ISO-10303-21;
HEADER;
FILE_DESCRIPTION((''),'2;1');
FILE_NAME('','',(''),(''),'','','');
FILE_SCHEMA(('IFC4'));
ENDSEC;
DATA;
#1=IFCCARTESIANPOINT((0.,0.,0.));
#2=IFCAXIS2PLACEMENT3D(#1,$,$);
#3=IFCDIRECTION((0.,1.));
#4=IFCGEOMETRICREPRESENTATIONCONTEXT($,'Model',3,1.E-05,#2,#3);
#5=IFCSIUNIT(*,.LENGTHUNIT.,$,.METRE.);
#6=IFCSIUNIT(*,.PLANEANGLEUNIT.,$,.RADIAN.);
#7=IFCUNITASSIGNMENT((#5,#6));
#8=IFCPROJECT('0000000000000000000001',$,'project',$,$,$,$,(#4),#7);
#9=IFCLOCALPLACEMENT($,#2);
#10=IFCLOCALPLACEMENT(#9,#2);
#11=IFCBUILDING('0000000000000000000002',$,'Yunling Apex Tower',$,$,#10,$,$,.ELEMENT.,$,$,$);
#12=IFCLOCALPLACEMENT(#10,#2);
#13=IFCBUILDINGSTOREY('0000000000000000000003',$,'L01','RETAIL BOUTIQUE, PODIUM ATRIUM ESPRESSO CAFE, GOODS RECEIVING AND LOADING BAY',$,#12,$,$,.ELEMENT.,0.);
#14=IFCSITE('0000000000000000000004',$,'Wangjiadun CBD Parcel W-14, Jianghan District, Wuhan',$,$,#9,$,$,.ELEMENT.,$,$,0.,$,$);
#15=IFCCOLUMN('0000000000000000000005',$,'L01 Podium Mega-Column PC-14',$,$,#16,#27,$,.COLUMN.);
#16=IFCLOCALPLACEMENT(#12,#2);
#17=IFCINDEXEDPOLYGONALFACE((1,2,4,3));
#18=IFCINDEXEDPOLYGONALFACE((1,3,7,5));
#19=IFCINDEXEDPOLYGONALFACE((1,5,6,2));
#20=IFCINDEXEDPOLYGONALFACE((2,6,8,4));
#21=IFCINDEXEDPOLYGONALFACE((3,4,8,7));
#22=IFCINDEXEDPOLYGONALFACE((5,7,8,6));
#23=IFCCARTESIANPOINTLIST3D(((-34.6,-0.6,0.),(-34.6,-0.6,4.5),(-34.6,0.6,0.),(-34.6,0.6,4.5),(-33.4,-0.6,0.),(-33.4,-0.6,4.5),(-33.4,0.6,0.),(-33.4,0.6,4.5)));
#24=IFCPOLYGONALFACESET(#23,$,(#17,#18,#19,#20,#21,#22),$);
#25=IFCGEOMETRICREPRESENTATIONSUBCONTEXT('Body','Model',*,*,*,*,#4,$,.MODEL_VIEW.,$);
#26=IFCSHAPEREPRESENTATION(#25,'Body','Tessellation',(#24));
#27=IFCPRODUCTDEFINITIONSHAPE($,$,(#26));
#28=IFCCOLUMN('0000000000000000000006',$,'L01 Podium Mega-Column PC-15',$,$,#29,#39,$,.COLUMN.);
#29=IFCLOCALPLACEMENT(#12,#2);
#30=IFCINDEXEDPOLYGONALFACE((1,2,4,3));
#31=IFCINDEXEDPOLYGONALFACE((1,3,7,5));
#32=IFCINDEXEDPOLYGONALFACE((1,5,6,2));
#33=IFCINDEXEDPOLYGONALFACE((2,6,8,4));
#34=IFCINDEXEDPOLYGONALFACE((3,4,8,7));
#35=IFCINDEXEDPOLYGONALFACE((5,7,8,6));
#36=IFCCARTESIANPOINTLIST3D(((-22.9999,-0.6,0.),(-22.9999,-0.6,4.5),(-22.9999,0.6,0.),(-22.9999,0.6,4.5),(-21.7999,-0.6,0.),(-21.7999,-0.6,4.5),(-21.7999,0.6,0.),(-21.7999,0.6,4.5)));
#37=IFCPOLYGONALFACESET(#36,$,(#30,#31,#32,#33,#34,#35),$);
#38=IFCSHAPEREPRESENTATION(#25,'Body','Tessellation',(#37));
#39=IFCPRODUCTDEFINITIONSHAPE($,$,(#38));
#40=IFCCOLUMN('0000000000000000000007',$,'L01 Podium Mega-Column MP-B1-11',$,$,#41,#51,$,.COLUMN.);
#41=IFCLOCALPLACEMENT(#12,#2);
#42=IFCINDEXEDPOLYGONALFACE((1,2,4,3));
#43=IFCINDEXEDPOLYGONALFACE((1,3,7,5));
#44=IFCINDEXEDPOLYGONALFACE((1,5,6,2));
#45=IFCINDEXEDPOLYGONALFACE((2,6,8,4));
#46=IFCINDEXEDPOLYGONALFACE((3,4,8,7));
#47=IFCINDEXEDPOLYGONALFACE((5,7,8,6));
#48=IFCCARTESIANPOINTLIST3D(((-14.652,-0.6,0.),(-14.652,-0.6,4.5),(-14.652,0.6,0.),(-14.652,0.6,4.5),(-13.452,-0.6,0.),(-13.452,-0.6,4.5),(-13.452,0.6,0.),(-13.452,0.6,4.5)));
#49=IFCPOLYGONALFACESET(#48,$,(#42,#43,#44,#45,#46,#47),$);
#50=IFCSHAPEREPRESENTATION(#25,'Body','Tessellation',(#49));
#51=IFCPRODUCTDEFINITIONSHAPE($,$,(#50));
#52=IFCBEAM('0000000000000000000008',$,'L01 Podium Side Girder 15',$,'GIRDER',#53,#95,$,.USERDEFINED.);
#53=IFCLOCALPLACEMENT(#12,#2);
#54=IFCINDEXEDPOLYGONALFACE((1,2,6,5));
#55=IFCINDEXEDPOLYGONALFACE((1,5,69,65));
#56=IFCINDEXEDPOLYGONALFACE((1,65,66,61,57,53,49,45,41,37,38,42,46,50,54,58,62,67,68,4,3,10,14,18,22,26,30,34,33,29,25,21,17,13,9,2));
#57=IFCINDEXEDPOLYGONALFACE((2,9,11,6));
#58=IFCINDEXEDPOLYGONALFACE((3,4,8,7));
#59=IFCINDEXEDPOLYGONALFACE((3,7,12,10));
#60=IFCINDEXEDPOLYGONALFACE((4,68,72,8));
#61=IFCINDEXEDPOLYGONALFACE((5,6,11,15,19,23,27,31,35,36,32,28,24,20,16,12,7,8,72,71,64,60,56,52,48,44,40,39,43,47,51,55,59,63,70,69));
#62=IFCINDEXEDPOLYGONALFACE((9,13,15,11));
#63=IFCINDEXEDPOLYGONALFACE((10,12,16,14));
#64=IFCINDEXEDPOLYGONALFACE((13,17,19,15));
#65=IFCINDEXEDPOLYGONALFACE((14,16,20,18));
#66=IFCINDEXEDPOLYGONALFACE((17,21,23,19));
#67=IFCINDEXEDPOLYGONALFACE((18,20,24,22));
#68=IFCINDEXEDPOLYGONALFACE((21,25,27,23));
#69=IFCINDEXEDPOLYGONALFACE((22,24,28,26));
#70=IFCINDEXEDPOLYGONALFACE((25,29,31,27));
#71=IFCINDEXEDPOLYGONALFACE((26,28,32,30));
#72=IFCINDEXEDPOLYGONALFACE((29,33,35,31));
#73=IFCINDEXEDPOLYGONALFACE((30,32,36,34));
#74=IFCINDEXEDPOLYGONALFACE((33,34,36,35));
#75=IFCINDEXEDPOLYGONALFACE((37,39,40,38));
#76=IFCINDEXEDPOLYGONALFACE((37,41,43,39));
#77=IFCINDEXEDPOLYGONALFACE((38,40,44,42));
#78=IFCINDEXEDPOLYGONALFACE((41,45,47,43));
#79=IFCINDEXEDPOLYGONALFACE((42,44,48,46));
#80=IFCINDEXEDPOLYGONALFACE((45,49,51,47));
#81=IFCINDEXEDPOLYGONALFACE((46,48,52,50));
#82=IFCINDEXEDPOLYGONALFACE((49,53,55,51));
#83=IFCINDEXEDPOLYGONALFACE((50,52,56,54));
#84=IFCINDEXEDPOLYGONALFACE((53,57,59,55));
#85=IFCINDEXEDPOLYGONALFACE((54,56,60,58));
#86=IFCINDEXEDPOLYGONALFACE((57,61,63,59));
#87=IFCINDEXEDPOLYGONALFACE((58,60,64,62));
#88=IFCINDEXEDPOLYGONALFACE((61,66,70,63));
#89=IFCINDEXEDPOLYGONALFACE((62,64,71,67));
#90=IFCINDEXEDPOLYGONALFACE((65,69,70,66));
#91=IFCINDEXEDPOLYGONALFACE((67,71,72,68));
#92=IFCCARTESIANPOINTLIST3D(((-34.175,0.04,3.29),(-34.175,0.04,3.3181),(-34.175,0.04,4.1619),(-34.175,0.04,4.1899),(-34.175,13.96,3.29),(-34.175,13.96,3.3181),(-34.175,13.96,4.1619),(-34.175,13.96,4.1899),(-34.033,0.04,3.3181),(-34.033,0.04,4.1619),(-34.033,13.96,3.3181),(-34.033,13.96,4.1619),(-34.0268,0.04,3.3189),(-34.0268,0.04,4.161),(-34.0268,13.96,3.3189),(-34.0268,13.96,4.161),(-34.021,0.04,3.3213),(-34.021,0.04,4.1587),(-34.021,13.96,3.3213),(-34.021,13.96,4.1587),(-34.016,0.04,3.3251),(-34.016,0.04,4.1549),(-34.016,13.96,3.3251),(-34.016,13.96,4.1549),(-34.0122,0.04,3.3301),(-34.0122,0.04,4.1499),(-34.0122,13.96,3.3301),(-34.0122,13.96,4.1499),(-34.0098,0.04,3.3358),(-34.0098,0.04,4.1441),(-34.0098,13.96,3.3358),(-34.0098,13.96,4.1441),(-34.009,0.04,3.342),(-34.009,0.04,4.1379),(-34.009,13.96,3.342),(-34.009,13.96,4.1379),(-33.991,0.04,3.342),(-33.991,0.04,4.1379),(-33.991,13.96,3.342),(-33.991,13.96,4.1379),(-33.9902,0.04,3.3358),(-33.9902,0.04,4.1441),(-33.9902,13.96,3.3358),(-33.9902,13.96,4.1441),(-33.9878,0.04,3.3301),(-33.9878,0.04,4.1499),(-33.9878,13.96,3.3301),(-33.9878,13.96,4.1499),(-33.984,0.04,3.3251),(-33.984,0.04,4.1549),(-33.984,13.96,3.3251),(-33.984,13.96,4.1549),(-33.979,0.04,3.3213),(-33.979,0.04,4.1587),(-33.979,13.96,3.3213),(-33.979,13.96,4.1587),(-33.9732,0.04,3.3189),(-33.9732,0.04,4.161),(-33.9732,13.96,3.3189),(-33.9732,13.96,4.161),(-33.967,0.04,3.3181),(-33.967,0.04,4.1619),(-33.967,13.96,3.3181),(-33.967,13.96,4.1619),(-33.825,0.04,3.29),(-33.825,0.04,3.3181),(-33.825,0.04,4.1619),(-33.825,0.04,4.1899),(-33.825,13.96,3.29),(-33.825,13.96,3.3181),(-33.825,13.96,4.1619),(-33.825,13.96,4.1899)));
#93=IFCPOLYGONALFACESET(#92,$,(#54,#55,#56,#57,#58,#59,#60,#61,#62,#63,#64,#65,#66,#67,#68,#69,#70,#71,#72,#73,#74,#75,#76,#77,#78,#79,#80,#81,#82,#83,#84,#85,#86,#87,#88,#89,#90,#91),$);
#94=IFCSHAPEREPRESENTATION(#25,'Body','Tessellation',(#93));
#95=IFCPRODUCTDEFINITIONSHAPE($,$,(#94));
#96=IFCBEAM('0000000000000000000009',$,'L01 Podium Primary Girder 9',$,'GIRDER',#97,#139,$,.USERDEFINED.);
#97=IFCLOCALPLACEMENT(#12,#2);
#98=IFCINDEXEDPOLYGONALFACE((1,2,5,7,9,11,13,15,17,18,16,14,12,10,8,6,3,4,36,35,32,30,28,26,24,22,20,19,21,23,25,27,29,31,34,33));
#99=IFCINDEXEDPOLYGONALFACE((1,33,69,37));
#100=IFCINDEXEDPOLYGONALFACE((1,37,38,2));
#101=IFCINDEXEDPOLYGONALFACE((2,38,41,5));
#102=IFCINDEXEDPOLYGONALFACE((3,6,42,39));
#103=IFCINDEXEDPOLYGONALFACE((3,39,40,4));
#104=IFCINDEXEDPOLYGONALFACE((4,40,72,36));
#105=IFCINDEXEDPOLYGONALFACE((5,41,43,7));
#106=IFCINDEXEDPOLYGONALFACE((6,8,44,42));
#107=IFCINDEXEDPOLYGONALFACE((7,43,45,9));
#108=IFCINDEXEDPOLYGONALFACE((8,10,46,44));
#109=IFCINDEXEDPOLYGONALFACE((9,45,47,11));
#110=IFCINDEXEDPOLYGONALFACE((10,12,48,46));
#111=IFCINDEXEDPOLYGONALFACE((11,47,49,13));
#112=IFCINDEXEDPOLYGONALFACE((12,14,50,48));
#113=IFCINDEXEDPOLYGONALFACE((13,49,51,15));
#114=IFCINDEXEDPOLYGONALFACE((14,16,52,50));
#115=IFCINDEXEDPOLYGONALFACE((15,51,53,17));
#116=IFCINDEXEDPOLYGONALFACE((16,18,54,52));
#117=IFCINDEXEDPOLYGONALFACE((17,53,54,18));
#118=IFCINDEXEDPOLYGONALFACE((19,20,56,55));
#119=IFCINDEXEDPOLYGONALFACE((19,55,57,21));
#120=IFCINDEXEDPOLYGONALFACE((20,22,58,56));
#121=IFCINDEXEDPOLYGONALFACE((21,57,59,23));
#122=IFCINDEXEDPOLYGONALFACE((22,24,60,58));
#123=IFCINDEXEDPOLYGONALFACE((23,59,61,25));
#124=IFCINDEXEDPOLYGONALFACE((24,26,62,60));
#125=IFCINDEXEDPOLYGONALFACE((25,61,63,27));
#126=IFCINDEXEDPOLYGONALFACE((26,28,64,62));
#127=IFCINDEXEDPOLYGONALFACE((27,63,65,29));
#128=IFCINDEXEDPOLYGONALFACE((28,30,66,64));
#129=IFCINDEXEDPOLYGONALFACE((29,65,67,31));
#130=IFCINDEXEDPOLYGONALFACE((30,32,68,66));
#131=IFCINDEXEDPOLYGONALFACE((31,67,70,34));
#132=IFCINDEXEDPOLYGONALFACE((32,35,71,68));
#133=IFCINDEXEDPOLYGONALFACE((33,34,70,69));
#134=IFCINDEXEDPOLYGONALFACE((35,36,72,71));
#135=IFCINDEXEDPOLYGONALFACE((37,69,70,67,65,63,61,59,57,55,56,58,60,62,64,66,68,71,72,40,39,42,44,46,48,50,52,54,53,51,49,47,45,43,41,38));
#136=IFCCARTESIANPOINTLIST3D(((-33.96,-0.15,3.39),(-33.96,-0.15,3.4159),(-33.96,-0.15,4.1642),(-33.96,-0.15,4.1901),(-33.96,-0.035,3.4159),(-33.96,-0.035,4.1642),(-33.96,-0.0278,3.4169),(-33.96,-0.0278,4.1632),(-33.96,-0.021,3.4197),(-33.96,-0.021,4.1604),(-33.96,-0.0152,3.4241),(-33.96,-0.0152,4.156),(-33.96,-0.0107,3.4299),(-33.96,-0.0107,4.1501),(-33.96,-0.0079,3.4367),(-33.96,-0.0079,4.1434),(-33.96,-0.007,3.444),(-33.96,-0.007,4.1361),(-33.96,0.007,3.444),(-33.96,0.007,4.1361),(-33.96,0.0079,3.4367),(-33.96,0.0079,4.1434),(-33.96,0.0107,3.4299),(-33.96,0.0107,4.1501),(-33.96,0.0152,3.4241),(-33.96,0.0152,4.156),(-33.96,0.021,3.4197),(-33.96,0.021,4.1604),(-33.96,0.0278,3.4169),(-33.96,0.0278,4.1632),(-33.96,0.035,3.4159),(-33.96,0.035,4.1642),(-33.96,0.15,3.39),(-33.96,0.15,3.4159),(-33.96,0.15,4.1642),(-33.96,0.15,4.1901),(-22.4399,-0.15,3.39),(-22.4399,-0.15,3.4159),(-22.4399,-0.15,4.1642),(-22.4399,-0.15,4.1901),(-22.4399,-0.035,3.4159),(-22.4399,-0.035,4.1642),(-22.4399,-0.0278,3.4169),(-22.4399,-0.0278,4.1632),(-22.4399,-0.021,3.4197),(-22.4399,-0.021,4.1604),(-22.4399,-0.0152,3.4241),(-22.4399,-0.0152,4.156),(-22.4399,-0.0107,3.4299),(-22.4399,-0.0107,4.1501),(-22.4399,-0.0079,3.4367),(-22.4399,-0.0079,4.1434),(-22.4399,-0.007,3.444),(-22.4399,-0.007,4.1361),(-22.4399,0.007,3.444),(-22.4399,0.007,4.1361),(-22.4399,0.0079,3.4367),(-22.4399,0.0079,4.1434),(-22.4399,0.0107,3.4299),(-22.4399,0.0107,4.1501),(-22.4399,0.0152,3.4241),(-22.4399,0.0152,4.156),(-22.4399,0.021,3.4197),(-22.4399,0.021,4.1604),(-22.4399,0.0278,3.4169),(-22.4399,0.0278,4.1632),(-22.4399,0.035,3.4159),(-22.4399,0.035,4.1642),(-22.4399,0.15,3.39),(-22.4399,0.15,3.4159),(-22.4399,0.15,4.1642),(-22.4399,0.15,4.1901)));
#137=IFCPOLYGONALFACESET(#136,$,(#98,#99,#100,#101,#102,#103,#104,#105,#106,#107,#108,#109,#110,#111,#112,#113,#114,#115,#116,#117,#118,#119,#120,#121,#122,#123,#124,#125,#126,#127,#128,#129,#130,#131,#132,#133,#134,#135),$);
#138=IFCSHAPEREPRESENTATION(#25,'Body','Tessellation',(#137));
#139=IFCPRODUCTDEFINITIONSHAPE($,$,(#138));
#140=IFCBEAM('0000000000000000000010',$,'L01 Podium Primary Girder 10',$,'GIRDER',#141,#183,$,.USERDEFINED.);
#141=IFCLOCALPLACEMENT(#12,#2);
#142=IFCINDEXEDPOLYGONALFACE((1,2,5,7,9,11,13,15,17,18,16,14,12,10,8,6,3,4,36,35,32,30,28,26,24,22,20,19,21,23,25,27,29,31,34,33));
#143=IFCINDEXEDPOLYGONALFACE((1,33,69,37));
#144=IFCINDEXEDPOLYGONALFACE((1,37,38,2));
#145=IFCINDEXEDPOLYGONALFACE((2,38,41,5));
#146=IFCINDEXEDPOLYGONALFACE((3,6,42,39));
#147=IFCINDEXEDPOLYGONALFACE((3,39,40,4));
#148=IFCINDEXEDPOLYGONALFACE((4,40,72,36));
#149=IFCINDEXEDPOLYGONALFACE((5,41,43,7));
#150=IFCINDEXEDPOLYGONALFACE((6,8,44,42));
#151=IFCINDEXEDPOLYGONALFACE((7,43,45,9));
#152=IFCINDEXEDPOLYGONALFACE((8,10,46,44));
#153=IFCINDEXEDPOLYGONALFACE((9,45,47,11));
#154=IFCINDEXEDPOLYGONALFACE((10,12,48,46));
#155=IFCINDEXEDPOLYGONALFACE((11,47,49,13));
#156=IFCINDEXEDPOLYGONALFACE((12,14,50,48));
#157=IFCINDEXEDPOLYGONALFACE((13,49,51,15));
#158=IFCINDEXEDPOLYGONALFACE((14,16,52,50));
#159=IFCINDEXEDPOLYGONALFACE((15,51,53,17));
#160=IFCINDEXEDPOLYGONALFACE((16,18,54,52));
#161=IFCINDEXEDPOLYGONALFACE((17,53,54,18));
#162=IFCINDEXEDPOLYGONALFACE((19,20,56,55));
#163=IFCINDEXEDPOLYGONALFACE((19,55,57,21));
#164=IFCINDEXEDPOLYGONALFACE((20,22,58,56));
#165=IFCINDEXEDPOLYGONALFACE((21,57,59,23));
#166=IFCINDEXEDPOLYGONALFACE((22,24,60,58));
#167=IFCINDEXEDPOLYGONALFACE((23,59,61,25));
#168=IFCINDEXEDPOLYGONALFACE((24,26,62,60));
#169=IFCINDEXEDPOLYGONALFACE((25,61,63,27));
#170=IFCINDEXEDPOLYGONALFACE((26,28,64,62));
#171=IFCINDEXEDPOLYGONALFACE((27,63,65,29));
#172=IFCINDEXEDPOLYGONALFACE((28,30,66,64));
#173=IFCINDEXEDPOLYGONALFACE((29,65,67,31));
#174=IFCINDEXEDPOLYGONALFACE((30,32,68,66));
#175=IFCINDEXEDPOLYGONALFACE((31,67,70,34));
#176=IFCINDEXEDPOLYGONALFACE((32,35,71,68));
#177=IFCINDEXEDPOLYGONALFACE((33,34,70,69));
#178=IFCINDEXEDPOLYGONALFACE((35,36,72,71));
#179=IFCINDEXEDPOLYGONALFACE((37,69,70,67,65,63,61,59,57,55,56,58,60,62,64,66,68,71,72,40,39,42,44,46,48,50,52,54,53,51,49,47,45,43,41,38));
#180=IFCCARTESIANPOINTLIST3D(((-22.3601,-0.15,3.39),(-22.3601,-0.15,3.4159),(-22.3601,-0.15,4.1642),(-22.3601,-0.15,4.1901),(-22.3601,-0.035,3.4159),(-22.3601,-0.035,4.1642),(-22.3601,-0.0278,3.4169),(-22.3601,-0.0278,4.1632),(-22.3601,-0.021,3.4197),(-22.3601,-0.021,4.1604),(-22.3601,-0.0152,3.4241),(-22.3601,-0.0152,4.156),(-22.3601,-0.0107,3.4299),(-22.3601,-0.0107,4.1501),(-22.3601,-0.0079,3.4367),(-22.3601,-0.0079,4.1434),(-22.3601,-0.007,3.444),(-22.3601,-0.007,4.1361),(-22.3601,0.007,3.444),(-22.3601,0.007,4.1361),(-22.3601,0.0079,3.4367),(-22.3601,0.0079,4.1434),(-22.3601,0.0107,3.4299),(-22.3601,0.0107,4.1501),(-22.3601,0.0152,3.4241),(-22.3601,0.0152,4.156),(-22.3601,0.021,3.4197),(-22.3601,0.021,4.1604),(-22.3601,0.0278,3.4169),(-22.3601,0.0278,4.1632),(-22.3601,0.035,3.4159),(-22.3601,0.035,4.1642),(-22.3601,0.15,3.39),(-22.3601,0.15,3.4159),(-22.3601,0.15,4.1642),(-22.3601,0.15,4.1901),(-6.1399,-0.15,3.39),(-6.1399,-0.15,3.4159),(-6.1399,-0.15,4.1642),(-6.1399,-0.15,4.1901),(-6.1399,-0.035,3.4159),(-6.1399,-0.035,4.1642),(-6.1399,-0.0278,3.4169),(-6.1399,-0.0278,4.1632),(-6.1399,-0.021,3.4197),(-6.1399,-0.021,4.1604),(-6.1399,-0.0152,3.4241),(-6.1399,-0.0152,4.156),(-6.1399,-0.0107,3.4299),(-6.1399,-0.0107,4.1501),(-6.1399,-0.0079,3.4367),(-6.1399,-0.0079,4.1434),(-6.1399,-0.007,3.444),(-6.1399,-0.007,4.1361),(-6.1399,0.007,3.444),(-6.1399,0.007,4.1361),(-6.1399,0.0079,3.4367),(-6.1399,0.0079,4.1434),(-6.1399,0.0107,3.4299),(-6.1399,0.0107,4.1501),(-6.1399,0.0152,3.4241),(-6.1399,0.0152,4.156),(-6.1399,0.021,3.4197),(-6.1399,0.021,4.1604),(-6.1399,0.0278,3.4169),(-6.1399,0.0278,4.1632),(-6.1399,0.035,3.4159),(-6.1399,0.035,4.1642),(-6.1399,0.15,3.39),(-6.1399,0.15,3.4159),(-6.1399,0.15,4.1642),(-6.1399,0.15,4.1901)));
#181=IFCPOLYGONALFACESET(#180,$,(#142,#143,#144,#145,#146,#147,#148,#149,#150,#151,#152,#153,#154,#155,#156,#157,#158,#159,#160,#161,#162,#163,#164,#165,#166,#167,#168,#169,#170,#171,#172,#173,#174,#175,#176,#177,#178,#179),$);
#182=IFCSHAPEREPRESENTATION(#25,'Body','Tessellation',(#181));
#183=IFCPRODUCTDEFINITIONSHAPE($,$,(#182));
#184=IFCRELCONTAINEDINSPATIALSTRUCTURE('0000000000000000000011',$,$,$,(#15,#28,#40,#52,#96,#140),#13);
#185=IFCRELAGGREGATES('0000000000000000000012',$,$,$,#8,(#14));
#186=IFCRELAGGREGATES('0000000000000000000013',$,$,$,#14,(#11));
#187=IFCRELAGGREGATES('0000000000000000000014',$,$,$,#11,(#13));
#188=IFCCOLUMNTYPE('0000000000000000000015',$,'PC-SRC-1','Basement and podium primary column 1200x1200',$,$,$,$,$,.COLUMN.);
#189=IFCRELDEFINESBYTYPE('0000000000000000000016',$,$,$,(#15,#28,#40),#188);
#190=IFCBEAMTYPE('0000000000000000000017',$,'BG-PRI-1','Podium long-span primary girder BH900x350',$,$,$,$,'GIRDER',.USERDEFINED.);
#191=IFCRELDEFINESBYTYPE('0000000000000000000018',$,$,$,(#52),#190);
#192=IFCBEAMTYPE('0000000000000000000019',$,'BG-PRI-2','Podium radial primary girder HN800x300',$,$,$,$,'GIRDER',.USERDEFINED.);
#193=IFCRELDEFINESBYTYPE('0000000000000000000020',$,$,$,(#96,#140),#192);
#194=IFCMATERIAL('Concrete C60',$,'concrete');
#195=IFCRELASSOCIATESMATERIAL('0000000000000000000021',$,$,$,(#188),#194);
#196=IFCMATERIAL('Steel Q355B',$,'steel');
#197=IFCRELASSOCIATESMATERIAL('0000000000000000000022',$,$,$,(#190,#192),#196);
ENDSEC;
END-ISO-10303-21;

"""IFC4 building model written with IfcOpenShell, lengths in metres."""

from ifc_helpers import new_model, si_unit, direction, frame, origin, origin_2d, place, context, subcontext, project, spatial, rectangle, i_section, extrude, source, transform, mapped, material, material_profile, profile_set, type_object, element, save


model = new_model("IFC4")

# Units and contexts
model_context = context("Model", 3, precision=1e-05, world=origin(), true_north=direction((0.0, 1.0)))
body_context = subcontext(model_context, "Body", "Model", "MODEL_VIEW")
ifc_project = project(units=[si_unit("LENGTHUNIT", "METRE"), si_unit("PLANEANGLEUNIT", "RADIAN")], contexts=[model_context])

# Site, building, storey
site_placement = place(None, origin())
site = spatial("IfcSite", under=ifc_project, at=site_placement, Name="Wangjiadun CBD Parcel W-14, Jianghan District, Wuhan", CompositionType="ELEMENT", RefElevation=0.0)
building_placement = place(site_placement, origin())
building = spatial("IfcBuilding", under=site, at=building_placement, Name="Yunling Apex Tower", CompositionType="ELEMENT")
storey_placement = place(building_placement, origin())
storey = spatial("IfcBuildingStorey", under=building, at=storey_placement, Name="L01", Description="RETAIL BOUTIQUE, PODIUM ATRIUM ESPRESSO CAFE, GOODS RECEIVING AND LOADING BAY", CompositionType="ELEMENT", Elevation=0.0)

# Columns
ifc_material_1 = material(Name="Concrete C60", Category="concrete")
ifc_material_profile_1 = material_profile(ifc_material_1, rectangle(XDim=1.2, YDim=1.2, at=origin_2d()))
ifc_profile_set_1 = profile_set([ifc_material_profile_1], Name="Concrete C60")
column_type = type_object("IfcColumnType", Name="PC-SRC-1", Description="Basement and podium primary column 1200x1200", PredefinedType="COLUMN", material=ifc_profile_set_1)
shared_shape_1 = source(origin(), body_context, "Body", "SweptSolid", [
    extrude(rectangle(XDim=1.2, YDim=1.2, at=origin_2d()), origin(), (0.0, 0.0, 1.0), 4.5),
])
for number, where, z_axis, x_axis, name in (
    (1, (-34.0, 0.0, 0.0), (0.0, 0.0, 1.0), (1.0, 0.0, 0.0), "L01 Podium Mega-Column PC-14"),
    (2, (-22.3999, 0.0, 0.0), (0.0, 0.0, 1.0), (1.0, 0.0, 0.0), "L01 Podium Mega-Column PC-15"),
    (3, (-14.052, 0.0, 0.0), (0.0, 0.0, 1.0), (1.0, 0.0, 0.0), "L01 Podium Mega-Column MP-B1-11"),
):
    element("IfcColumn", number, at=place(storey_placement, frame(where, z_axis=z_axis, x_axis=x_axis)), inside=storey, type_object=column_type, Name=name, PredefinedType="COLUMN", context=body_context, shape_type="MappedRepresentation", body=[
        mapped(shared_shape_1, transform((0.0, 0.0, 0.0), scale=1.0)),
    ])

# Beams
ifc_material_2 = material(Name="Steel Q355B", Category="steel")
ifc_material_profile_2 = material_profile(ifc_material_2, i_section(OverallWidth=0.3501, OverallDepth=0.8999, WebThickness=0.0181, FlangeThickness=0.0281, FilletRadius=0.0239, at=origin_2d()))
ifc_profile_set_2 = profile_set([ifc_material_profile_2], Name="Steel Q355B")
beam_type_1 = type_object("IfcBeamType", Name="BG-PRI-1", Description="Podium long-span primary girder BH900x350", ElementType="GIRDER", PredefinedType="USERDEFINED", material=ifc_profile_set_2)
shared_shape_2 = source(origin(), body_context, "Body", "SweptSolid", [
    extrude(i_section(OverallWidth=0.3501, OverallDepth=0.8999, WebThickness=0.0181, FlangeThickness=0.0281, FilletRadius=0.0239, at=origin_2d()), origin(), (0.0, 0.0, 1.0), 13.9199),
])
beam_1_placement = place(storey_placement, frame((-34.0, 0.04, 3.74), z_axis=(0.0, 1.0, 0.0), x_axis=(-1.0, 0.0, 0.0)))
element("IfcBeam", 4, at=beam_1_placement, inside=storey, type_object=beam_type_1, Name="L01 Podium Side Girder 15", ObjectType="GIRDER", PredefinedType="USERDEFINED", context=body_context, shape_type="MappedRepresentation", body=[
    mapped(shared_shape_2, transform((0.0, 0.0, 0.0), scale=1.0)),
])
ifc_material_profile_3 = material_profile(ifc_material_2, i_section(OverallWidth=0.3, OverallDepth=0.8, WebThickness=0.0139, FlangeThickness=0.0259, FilletRadius=0.0281, at=origin_2d()))
ifc_profile_set_3 = profile_set([ifc_material_profile_3], Name="Steel Q355B")
beam_type_2 = type_object("IfcBeamType", Name="BG-PRI-2", Description="Podium radial primary girder HN800x300", ElementType="GIRDER", PredefinedType="USERDEFINED", material=ifc_profile_set_3)
shared_shape_3 = source(origin(), body_context, "Body", "SweptSolid", [
    extrude(i_section(OverallWidth=0.3, OverallDepth=0.8, WebThickness=0.0139, FlangeThickness=0.0259, FilletRadius=0.0281, at=origin_2d()), origin(), (0.0, 0.0, 1.0), 11.52),
])
beam_2_placement = place(storey_placement, frame((-33.96, 0.0, 3.79), z_axis=(1.0, 0.0, 0.0), x_axis=(0.0, 1.0, 0.0)))
element("IfcBeam", 5, at=beam_2_placement, inside=storey, type_object=beam_type_2, Name="L01 Podium Primary Girder 9", ObjectType="GIRDER", PredefinedType="USERDEFINED", context=body_context, shape_type="MappedRepresentation", body=[
    mapped(shared_shape_3, transform((0.0, 0.0, 0.0), scale=1.0)),
])
shared_shape_4 = source(origin(), body_context, "Body", "SweptSolid", [
    extrude(i_section(OverallWidth=0.3, OverallDepth=0.8, WebThickness=0.0139, FlangeThickness=0.0259, FilletRadius=0.0281, at=origin_2d()), origin(), (0.0, 0.0, 1.0), 16.2202),
])
beam_3_placement = place(storey_placement, frame((-22.3601, 0.0, 3.79), z_axis=(1.0, 0.0, 0.0), x_axis=(0.0, 1.0, 0.0)))
element("IfcBeam", 6, at=beam_3_placement, inside=storey, type_object=beam_type_2, Name="L01 Podium Primary Girder 10", ObjectType="GIRDER", PredefinedType="USERDEFINED", context=body_context, shape_type="MappedRepresentation", body=[
    mapped(shared_shape_4, transform((0.0, 0.0, 0.0), scale=1.0)),
])

save(model, "model.ifc")
